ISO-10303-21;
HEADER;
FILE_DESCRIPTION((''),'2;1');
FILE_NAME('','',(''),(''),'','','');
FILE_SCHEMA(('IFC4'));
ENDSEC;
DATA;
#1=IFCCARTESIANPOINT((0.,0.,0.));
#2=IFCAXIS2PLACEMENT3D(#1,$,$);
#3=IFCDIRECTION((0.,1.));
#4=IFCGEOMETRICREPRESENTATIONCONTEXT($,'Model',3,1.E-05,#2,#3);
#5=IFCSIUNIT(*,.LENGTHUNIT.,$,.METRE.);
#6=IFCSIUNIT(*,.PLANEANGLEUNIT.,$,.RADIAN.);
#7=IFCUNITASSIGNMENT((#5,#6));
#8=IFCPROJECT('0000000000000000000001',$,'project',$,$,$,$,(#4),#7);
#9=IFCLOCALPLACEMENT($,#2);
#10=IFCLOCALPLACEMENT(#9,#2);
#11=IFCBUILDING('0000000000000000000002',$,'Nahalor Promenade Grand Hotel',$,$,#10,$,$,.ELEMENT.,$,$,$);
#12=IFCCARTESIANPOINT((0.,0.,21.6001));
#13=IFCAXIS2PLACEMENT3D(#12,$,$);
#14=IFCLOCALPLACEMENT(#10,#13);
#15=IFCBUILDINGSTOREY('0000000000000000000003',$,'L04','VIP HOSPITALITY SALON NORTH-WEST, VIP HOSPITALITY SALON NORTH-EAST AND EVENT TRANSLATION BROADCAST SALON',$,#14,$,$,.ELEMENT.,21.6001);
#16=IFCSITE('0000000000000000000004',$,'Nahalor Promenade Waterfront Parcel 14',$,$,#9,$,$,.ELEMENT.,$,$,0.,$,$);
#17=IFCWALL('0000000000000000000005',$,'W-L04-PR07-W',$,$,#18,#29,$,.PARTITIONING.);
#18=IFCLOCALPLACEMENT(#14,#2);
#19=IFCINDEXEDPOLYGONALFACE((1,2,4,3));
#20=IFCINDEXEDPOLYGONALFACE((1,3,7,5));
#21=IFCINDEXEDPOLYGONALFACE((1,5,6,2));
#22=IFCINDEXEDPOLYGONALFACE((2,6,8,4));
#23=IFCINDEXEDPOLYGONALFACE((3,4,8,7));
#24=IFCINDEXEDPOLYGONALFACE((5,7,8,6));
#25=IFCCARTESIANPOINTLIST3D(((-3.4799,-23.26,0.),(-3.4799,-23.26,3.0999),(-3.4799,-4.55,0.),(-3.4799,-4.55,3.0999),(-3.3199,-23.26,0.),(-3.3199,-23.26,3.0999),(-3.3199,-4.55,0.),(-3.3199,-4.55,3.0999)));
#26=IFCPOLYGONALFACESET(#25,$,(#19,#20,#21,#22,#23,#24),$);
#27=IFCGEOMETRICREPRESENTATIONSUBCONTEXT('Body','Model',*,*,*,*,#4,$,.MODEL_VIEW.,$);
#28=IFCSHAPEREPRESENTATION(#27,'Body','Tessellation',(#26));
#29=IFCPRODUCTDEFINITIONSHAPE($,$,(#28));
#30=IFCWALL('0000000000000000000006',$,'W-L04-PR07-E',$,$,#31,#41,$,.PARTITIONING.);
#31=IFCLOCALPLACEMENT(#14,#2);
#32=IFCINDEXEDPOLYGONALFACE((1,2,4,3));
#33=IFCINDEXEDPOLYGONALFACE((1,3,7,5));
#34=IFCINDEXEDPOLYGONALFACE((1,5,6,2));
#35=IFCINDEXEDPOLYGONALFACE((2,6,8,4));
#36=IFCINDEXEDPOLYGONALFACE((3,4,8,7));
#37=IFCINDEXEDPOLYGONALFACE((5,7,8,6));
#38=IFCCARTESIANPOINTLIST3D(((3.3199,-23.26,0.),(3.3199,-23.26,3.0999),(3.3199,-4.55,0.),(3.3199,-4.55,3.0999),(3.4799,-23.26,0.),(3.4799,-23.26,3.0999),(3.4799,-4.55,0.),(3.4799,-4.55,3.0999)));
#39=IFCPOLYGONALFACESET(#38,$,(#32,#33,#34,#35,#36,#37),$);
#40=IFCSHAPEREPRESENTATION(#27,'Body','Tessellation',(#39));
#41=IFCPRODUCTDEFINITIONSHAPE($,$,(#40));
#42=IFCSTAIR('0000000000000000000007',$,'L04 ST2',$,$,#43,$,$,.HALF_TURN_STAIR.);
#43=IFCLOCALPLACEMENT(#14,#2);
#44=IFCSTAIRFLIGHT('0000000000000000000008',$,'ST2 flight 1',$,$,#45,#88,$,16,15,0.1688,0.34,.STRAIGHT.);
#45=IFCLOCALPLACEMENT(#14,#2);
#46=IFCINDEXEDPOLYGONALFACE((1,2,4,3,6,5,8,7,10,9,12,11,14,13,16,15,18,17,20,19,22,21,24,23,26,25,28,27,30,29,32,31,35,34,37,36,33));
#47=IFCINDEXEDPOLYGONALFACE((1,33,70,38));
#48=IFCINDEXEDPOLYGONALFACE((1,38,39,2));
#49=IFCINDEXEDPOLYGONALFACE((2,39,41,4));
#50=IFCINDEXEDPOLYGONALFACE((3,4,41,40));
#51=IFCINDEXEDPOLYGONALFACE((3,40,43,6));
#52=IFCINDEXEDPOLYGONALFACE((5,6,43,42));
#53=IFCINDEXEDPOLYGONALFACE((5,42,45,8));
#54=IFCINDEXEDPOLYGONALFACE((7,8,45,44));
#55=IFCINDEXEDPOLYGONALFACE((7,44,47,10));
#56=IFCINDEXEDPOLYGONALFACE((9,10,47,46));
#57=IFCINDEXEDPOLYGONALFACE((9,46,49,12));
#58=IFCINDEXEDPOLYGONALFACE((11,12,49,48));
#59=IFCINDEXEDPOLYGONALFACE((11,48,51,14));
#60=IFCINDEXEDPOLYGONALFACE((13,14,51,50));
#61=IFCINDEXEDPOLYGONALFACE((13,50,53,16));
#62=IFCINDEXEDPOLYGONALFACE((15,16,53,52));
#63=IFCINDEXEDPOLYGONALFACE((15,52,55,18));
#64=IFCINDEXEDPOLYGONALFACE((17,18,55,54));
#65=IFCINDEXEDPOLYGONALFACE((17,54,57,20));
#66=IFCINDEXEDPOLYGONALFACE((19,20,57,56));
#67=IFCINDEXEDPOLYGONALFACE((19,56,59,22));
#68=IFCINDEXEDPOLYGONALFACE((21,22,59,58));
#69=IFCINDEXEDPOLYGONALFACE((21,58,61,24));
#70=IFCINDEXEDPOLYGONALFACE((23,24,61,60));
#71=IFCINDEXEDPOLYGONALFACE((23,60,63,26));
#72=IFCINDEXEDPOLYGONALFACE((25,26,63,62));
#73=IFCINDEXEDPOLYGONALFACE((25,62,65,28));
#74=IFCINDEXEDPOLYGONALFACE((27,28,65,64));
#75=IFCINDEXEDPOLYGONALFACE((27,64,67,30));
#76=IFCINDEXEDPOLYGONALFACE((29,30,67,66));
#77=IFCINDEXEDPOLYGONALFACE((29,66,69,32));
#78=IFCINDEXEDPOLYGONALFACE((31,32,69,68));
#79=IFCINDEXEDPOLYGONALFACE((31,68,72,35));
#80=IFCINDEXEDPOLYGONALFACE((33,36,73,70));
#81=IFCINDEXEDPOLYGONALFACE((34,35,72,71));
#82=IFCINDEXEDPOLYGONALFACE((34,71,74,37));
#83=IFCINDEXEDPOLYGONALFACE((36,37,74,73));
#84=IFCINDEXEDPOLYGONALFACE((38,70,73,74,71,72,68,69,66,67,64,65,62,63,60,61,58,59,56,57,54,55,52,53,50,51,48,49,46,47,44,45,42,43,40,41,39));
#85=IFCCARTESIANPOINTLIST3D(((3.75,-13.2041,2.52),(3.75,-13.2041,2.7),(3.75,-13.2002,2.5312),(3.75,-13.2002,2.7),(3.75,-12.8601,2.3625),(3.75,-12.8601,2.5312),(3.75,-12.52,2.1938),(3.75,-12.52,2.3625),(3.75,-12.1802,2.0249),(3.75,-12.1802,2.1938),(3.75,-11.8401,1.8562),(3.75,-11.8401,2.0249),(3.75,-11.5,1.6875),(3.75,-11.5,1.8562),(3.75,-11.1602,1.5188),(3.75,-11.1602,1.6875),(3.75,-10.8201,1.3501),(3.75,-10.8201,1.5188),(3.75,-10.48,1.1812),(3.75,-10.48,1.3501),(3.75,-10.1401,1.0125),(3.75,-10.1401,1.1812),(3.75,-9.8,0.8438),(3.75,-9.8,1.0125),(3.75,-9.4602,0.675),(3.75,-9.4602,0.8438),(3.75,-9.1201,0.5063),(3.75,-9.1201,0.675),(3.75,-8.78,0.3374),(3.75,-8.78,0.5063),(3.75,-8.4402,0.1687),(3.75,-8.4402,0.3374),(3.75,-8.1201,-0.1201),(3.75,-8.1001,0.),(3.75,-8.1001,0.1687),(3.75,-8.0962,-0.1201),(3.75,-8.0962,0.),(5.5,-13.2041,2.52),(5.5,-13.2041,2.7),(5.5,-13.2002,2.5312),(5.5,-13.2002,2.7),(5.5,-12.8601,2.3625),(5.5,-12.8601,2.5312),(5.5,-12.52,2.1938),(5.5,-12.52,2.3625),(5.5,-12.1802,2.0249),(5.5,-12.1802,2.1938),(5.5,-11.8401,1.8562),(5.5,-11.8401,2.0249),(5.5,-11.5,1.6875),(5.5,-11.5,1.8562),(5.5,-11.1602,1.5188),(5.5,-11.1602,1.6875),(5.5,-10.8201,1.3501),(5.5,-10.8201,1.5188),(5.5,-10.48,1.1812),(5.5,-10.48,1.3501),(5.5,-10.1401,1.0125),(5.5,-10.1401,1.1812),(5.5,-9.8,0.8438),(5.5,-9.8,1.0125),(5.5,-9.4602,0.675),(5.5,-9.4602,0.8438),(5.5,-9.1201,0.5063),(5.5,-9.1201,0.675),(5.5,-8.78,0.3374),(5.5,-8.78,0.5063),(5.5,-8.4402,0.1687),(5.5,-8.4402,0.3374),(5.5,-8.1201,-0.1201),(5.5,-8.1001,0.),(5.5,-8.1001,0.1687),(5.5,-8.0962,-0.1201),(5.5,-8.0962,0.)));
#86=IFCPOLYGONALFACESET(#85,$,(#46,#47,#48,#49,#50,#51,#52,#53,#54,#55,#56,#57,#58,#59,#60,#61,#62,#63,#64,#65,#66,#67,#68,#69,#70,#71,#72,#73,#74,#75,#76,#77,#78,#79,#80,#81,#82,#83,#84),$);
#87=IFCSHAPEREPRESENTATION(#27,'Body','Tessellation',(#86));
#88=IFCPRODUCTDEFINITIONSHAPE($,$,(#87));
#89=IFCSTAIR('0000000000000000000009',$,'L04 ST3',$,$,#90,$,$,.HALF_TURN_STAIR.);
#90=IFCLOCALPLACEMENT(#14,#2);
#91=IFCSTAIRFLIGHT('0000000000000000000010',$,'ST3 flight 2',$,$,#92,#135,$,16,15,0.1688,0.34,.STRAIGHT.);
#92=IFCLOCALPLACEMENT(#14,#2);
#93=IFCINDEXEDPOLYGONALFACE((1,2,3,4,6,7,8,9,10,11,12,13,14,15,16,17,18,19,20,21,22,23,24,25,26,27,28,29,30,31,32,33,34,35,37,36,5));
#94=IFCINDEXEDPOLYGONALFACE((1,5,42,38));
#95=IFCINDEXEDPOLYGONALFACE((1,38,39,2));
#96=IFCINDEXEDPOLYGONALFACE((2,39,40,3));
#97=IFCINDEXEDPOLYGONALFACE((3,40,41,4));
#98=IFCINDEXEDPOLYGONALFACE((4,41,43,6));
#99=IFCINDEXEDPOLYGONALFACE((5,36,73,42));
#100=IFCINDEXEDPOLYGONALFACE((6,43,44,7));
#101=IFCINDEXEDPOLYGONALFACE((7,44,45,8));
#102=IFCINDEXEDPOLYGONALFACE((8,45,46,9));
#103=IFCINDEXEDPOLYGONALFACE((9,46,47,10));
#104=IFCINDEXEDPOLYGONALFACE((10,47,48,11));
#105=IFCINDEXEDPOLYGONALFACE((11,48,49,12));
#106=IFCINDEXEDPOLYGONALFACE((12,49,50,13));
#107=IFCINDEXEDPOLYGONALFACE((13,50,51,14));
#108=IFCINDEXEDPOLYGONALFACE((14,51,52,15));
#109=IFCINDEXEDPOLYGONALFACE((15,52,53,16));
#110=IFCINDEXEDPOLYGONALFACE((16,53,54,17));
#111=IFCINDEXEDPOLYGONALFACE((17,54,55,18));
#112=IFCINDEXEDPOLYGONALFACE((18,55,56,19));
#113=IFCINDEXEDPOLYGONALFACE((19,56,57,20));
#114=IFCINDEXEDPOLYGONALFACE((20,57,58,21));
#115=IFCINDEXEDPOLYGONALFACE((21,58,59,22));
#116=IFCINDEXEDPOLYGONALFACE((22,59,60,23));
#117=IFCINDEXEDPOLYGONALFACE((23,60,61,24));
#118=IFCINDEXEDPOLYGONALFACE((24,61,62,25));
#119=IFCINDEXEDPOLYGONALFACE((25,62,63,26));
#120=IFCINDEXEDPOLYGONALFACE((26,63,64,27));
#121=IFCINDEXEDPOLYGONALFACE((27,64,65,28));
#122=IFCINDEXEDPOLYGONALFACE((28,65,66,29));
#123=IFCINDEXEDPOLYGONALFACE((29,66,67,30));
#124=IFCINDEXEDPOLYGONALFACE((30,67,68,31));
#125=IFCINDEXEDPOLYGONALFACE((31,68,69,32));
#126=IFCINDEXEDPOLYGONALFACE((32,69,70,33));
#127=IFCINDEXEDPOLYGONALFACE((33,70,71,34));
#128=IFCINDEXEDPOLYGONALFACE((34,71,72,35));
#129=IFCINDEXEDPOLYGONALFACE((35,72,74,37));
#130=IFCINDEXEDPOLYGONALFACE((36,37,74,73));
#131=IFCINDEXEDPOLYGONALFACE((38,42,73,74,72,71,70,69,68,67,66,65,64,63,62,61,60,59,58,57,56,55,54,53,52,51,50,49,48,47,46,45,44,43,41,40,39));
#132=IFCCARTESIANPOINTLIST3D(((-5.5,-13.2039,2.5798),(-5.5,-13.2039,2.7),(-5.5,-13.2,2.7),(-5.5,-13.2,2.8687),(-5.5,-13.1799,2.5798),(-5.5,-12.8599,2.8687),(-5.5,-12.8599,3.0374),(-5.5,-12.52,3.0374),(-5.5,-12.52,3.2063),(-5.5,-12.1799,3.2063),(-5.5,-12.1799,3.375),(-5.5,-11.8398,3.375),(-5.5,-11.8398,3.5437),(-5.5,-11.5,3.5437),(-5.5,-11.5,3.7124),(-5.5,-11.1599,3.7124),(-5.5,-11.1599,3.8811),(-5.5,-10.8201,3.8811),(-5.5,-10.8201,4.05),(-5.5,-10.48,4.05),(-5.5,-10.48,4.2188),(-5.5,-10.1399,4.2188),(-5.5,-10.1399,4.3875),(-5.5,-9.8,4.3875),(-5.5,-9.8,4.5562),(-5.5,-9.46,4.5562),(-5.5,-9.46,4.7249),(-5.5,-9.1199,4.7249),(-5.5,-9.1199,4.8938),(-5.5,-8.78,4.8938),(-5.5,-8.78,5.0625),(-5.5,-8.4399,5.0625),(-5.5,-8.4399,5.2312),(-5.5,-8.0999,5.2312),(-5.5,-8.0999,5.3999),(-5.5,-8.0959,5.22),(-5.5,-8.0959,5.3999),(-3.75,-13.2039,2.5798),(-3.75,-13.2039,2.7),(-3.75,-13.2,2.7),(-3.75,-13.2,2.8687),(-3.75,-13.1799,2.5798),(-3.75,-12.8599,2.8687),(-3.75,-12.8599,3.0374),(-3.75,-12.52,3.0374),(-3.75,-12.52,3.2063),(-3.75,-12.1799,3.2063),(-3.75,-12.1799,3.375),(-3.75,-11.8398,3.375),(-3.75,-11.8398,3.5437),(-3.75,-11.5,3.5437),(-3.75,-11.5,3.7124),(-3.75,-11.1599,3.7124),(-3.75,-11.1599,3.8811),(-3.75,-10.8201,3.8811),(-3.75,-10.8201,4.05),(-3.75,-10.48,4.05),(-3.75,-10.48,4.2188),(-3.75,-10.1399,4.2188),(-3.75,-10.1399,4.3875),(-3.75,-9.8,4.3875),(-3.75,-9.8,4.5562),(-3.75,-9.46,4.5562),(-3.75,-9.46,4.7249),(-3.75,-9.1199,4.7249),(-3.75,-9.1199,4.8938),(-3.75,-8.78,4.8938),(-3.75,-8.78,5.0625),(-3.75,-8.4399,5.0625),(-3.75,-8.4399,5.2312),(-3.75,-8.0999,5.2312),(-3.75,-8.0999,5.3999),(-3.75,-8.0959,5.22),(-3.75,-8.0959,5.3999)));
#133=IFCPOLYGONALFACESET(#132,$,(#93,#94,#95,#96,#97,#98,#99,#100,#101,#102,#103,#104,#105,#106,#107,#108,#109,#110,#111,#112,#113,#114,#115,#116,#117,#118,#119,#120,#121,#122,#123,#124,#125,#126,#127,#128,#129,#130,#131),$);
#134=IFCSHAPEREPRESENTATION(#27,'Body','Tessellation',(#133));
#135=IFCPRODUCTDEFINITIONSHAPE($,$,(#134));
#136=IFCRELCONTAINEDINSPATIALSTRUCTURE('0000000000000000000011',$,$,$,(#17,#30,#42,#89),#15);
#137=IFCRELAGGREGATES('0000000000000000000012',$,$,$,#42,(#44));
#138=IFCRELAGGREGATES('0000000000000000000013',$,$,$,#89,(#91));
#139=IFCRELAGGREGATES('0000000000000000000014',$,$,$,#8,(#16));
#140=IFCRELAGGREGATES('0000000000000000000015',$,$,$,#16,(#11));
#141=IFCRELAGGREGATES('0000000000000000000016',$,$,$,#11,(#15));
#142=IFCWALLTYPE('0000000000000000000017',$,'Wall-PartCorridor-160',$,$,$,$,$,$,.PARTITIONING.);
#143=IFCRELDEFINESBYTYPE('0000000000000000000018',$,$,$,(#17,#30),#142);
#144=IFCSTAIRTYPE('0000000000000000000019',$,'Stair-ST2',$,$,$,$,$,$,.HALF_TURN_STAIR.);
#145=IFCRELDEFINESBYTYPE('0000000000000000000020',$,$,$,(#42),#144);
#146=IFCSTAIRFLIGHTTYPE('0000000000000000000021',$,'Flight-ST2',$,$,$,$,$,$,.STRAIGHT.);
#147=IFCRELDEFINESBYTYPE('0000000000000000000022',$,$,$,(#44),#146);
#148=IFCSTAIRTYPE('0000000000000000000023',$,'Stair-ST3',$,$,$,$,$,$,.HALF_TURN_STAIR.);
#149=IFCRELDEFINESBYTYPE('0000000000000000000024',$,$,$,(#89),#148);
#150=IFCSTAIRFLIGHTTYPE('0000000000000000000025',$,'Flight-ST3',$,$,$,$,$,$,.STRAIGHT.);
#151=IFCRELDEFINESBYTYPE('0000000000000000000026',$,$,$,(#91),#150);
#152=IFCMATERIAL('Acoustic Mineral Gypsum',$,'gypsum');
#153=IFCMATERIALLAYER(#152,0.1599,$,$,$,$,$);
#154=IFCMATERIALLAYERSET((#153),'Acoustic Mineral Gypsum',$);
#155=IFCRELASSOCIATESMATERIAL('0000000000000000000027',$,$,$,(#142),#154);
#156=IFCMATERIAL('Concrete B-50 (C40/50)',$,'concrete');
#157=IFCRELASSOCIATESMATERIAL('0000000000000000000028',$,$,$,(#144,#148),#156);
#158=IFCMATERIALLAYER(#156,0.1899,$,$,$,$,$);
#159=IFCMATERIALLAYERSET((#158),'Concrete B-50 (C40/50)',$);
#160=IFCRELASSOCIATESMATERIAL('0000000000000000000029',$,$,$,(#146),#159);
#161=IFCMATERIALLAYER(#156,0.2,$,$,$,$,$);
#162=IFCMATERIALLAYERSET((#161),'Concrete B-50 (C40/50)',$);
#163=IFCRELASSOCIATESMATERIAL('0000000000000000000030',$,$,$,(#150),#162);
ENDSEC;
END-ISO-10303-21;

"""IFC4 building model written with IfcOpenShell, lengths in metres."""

from ifc_helpers import new_model, si_unit, direction, frame, frame_2d, origin, place, context, subcontext, project, spatial, polyline, rectangle, outline, extrude, source, transform, mapped, material, layer, layer_set, type_object, element, aggregate, save


model = new_model("IFC4")

# Units and contexts
model_context = context("Model", 3, precision=1e-05, world=origin(), true_north=direction((0.0, 1.0)))
body_context = subcontext(model_context, "Body", "Model", "MODEL_VIEW")
ifc_project = project(units=[si_unit("LENGTHUNIT", "METRE"), si_unit("PLANEANGLEUNIT", "RADIAN")], contexts=[model_context])

# Site, building, storey
site_placement = place(None, origin())
site = spatial("IfcSite", under=ifc_project, at=site_placement, Name="Nahalor Promenade Waterfront Parcel 14", CompositionType="ELEMENT", RefElevation=0.0)
building_placement = place(site_placement, origin())
building = spatial("IfcBuilding", under=site, at=building_placement, Name="Nahalor Promenade Grand Hotel", CompositionType="ELEMENT")
storey_placement = place(building_placement, frame((0.0, 0.0, 21.6001)))
storey = spatial("IfcBuildingStorey", under=building, at=storey_placement, Name="L04", Description="VIP HOSPITALITY SALON NORTH-WEST, VIP HOSPITALITY SALON NORTH-EAST AND EVENT TRANSLATION BROADCAST SALON", CompositionType="ELEMENT", Elevation=21.6001)

# Walls
ifc_material_1 = material(Name="Concrete B-50 (C40/50)", Category="concrete")
ifc_material_2 = material(Name="Acoustic Mineral Gypsum", Category="gypsum")
ifc_layer_1 = layer(ifc_material_2, 0.1599)
ifc_layer_set_1 = layer_set([ifc_layer_1], Name="Acoustic Mineral Gypsum")
wall_type_1 = type_object("IfcWallType", Name="Wall-PartCorridor-160", PredefinedType="PARTITIONING", material=ifc_layer_set_1)
shared_shape_1 = source(origin(), body_context, "Body", "SweptSolid", [
    extrude(rectangle(XDim=18.71, YDim=0.1599, at=frame_2d((9.355, 0.0))), origin(), (0.0, 0.0, 1.0), 3.0999),
])
for number, where, z_axis, x_axis, name in (
    (1, (-3.3999, -23.26, 0.0), (0.0, 0.0, 1.0), (0.0, 1.0, 0.0), "W-L04-PR07-W"),
    (2, (3.3999, -23.26, 0.0), (0.0, 0.0, 1.0), (0.0, 1.0, 0.0), "W-L04-PR07-E"),
):
    element("IfcWall", number, at=place(storey_placement, frame(where, z_axis=z_axis, x_axis=x_axis)), inside=storey, type_object=wall_type_1, Name=name, PredefinedType="PARTITIONING", context=body_context, shape_type="MappedRepresentation", body=[
        mapped(shared_shape_1, transform((0.0, 0.0, 0.0), scale=1.0)),
    ])

# Stairs, stair flights
stair_type_1 = type_object("IfcStairType", Name="Stair-ST2", PredefinedType="HALF_TURN_STAIR", material=ifc_material_1)
stair_1_placement = place(storey_placement, origin())
stair_1 = element("IfcStair", 3, at=stair_1_placement, inside=storey, type_object=stair_type_1, Name="L04 ST2", PredefinedType="HALF_TURN_STAIR")
ifc_layer_2 = layer(ifc_material_1, 0.1899)
ifc_layer_set_2 = layer_set([ifc_layer_2], Name="Concrete B-50 (C40/50)")
stair_flight_type_1 = type_object("IfcStairFlightType", Name="Flight-ST2", PredefinedType="STRAIGHT", material=ifc_layer_set_2)
shared_shape_2 = source(origin(), body_context, "Body", "SweptSolid", [
    extrude(outline(polyline([(-0.0039, -0.1201), (-0.0039, 0.0), (0.0, 0.0), (0.0, 0.1687), (0.3401, 0.1687), (0.3401, 0.3374), (0.6799, 0.3374), (0.6799, 0.5063), (1.02, 0.5063), (1.02, 0.675), (1.3601, 0.675), (1.3601, 0.8438), (1.7, 0.8438), (1.7, 1.0125), (2.04, 1.0125), (2.04, 1.1812), (2.3799, 1.1812), (2.3799, 1.3501), (2.72, 1.3501), (2.72, 1.5188), (3.0601, 1.5188), (3.0601, 1.6875), (3.3999, 1.6875), (3.3999, 1.8562), (3.74, 1.8562), (3.74, 2.0249), (4.0801, 2.0249), (4.0801, 2.1938), (4.4199, 2.1938), (4.4199, 2.3625), (4.76, 2.3625), (4.76, 2.5312), (5.1001, 2.5312), (5.1001, 2.7), (5.104, 2.7), (5.104, 2.52), (0.02, -0.1201), (-0.0039, -0.1201)])), frame((0.0, 0.875, 0.0), z_axis=(0.0, -1.0, 0.0), x_axis=(1.0, 0.0, 0.0)), (0.0, 0.0, 1.0), 1.75),
])
stair_flight_1_placement = place(storey_placement, frame((4.625, -8.1001, 0.0), z_axis=(0.0, 0.0, 1.0), x_axis=(0.0, -1.0, 0.0)))
stair_flight_1 = element("IfcStairFlight", 4, at=stair_flight_1_placement, type_object=stair_flight_type_1, Name="ST2 flight 1", NumberOfRisers=16, NumberOfTreads=15, PredefinedType="STRAIGHT", RiserHeight=0.1688, TreadLength=0.34, context=body_context, shape_type="MappedRepresentation", body=[
    mapped(shared_shape_2, transform((0.0, 0.0, 0.0), scale=1.0)),
])
aggregate(stair_1, [stair_flight_1])
stair_type_2 = type_object("IfcStairType", Name="Stair-ST3", PredefinedType="HALF_TURN_STAIR", material=ifc_material_1)
stair_2_placement = place(storey_placement, origin())
stair_2 = element("IfcStair", 5, at=stair_2_placement, inside=storey, type_object=stair_type_2, Name="L04 ST3", PredefinedType="HALF_TURN_STAIR")
ifc_layer_3 = layer(ifc_material_1, 0.2)
ifc_layer_set_3 = layer_set([ifc_layer_3], Name="Concrete B-50 (C40/50)")
stair_flight_type_2 = type_object("IfcStairFlightType", Name="Flight-ST3", PredefinedType="STRAIGHT", material=ifc_layer_set_3)
shared_shape_3 = source(origin(), body_context, "Body", "SweptSolid", [
    extrude(outline(polyline([(-0.0039, -0.1201), (-0.0039, 0.0), (0.0, 0.0), (0.0, 0.1687), (0.3401, 0.1687), (0.3401, 0.3374), (0.6799, 0.3374), (0.6799, 0.5063), (1.02, 0.5063), (1.02, 0.675), (1.3601, 0.675), (1.3601, 0.8438), (1.7, 0.8438), (1.7, 1.0125), (2.04, 1.0125), (2.04, 1.1812), (2.3799, 1.1812), (2.3799, 1.3501), (2.72, 1.3501), (2.72, 1.5188), (3.0601, 1.5188), (3.0601, 1.6875), (3.3999, 1.6875), (3.3999, 1.8562), (3.74, 1.8562), (3.74, 2.0249), (4.0801, 2.0249), (4.0801, 2.1938), (4.4199, 2.1938), (4.4199, 2.3625), (4.76, 2.3625), (4.76, 2.5312), (5.1001, 2.5312), (5.1001, 2.7), (5.104, 2.7), (5.104, 2.52), (0.02, -0.1201), (-0.0039, -0.1201)])), frame((0.0, 0.875, 0.0), z_axis=(0.0, -1.0, 0.0), x_axis=(1.0, 0.0, 0.0)), (0.0, 0.0, 1.0), 1.75),
])
stair_flight_2_placement = place(storey_placement, frame((-4.625, -13.2, 2.7), z_axis=(0.0, 0.0, 1.0), x_axis=(0.0, 1.0, 0.0)))
stair_flight_2 = element("IfcStairFlight", 6, at=stair_flight_2_placement, type_object=stair_flight_type_2, Name="ST3 flight 2", NumberOfRisers=16, NumberOfTreads=15, PredefinedType="STRAIGHT", RiserHeight=0.1688, TreadLength=0.34, context=body_context, shape_type="MappedRepresentation", body=[
    mapped(shared_shape_3, transform((0.0, 0.0, 0.0), scale=1.0)),
])
aggregate(stair_2, [stair_flight_2])

save(model, "model.ifc")
